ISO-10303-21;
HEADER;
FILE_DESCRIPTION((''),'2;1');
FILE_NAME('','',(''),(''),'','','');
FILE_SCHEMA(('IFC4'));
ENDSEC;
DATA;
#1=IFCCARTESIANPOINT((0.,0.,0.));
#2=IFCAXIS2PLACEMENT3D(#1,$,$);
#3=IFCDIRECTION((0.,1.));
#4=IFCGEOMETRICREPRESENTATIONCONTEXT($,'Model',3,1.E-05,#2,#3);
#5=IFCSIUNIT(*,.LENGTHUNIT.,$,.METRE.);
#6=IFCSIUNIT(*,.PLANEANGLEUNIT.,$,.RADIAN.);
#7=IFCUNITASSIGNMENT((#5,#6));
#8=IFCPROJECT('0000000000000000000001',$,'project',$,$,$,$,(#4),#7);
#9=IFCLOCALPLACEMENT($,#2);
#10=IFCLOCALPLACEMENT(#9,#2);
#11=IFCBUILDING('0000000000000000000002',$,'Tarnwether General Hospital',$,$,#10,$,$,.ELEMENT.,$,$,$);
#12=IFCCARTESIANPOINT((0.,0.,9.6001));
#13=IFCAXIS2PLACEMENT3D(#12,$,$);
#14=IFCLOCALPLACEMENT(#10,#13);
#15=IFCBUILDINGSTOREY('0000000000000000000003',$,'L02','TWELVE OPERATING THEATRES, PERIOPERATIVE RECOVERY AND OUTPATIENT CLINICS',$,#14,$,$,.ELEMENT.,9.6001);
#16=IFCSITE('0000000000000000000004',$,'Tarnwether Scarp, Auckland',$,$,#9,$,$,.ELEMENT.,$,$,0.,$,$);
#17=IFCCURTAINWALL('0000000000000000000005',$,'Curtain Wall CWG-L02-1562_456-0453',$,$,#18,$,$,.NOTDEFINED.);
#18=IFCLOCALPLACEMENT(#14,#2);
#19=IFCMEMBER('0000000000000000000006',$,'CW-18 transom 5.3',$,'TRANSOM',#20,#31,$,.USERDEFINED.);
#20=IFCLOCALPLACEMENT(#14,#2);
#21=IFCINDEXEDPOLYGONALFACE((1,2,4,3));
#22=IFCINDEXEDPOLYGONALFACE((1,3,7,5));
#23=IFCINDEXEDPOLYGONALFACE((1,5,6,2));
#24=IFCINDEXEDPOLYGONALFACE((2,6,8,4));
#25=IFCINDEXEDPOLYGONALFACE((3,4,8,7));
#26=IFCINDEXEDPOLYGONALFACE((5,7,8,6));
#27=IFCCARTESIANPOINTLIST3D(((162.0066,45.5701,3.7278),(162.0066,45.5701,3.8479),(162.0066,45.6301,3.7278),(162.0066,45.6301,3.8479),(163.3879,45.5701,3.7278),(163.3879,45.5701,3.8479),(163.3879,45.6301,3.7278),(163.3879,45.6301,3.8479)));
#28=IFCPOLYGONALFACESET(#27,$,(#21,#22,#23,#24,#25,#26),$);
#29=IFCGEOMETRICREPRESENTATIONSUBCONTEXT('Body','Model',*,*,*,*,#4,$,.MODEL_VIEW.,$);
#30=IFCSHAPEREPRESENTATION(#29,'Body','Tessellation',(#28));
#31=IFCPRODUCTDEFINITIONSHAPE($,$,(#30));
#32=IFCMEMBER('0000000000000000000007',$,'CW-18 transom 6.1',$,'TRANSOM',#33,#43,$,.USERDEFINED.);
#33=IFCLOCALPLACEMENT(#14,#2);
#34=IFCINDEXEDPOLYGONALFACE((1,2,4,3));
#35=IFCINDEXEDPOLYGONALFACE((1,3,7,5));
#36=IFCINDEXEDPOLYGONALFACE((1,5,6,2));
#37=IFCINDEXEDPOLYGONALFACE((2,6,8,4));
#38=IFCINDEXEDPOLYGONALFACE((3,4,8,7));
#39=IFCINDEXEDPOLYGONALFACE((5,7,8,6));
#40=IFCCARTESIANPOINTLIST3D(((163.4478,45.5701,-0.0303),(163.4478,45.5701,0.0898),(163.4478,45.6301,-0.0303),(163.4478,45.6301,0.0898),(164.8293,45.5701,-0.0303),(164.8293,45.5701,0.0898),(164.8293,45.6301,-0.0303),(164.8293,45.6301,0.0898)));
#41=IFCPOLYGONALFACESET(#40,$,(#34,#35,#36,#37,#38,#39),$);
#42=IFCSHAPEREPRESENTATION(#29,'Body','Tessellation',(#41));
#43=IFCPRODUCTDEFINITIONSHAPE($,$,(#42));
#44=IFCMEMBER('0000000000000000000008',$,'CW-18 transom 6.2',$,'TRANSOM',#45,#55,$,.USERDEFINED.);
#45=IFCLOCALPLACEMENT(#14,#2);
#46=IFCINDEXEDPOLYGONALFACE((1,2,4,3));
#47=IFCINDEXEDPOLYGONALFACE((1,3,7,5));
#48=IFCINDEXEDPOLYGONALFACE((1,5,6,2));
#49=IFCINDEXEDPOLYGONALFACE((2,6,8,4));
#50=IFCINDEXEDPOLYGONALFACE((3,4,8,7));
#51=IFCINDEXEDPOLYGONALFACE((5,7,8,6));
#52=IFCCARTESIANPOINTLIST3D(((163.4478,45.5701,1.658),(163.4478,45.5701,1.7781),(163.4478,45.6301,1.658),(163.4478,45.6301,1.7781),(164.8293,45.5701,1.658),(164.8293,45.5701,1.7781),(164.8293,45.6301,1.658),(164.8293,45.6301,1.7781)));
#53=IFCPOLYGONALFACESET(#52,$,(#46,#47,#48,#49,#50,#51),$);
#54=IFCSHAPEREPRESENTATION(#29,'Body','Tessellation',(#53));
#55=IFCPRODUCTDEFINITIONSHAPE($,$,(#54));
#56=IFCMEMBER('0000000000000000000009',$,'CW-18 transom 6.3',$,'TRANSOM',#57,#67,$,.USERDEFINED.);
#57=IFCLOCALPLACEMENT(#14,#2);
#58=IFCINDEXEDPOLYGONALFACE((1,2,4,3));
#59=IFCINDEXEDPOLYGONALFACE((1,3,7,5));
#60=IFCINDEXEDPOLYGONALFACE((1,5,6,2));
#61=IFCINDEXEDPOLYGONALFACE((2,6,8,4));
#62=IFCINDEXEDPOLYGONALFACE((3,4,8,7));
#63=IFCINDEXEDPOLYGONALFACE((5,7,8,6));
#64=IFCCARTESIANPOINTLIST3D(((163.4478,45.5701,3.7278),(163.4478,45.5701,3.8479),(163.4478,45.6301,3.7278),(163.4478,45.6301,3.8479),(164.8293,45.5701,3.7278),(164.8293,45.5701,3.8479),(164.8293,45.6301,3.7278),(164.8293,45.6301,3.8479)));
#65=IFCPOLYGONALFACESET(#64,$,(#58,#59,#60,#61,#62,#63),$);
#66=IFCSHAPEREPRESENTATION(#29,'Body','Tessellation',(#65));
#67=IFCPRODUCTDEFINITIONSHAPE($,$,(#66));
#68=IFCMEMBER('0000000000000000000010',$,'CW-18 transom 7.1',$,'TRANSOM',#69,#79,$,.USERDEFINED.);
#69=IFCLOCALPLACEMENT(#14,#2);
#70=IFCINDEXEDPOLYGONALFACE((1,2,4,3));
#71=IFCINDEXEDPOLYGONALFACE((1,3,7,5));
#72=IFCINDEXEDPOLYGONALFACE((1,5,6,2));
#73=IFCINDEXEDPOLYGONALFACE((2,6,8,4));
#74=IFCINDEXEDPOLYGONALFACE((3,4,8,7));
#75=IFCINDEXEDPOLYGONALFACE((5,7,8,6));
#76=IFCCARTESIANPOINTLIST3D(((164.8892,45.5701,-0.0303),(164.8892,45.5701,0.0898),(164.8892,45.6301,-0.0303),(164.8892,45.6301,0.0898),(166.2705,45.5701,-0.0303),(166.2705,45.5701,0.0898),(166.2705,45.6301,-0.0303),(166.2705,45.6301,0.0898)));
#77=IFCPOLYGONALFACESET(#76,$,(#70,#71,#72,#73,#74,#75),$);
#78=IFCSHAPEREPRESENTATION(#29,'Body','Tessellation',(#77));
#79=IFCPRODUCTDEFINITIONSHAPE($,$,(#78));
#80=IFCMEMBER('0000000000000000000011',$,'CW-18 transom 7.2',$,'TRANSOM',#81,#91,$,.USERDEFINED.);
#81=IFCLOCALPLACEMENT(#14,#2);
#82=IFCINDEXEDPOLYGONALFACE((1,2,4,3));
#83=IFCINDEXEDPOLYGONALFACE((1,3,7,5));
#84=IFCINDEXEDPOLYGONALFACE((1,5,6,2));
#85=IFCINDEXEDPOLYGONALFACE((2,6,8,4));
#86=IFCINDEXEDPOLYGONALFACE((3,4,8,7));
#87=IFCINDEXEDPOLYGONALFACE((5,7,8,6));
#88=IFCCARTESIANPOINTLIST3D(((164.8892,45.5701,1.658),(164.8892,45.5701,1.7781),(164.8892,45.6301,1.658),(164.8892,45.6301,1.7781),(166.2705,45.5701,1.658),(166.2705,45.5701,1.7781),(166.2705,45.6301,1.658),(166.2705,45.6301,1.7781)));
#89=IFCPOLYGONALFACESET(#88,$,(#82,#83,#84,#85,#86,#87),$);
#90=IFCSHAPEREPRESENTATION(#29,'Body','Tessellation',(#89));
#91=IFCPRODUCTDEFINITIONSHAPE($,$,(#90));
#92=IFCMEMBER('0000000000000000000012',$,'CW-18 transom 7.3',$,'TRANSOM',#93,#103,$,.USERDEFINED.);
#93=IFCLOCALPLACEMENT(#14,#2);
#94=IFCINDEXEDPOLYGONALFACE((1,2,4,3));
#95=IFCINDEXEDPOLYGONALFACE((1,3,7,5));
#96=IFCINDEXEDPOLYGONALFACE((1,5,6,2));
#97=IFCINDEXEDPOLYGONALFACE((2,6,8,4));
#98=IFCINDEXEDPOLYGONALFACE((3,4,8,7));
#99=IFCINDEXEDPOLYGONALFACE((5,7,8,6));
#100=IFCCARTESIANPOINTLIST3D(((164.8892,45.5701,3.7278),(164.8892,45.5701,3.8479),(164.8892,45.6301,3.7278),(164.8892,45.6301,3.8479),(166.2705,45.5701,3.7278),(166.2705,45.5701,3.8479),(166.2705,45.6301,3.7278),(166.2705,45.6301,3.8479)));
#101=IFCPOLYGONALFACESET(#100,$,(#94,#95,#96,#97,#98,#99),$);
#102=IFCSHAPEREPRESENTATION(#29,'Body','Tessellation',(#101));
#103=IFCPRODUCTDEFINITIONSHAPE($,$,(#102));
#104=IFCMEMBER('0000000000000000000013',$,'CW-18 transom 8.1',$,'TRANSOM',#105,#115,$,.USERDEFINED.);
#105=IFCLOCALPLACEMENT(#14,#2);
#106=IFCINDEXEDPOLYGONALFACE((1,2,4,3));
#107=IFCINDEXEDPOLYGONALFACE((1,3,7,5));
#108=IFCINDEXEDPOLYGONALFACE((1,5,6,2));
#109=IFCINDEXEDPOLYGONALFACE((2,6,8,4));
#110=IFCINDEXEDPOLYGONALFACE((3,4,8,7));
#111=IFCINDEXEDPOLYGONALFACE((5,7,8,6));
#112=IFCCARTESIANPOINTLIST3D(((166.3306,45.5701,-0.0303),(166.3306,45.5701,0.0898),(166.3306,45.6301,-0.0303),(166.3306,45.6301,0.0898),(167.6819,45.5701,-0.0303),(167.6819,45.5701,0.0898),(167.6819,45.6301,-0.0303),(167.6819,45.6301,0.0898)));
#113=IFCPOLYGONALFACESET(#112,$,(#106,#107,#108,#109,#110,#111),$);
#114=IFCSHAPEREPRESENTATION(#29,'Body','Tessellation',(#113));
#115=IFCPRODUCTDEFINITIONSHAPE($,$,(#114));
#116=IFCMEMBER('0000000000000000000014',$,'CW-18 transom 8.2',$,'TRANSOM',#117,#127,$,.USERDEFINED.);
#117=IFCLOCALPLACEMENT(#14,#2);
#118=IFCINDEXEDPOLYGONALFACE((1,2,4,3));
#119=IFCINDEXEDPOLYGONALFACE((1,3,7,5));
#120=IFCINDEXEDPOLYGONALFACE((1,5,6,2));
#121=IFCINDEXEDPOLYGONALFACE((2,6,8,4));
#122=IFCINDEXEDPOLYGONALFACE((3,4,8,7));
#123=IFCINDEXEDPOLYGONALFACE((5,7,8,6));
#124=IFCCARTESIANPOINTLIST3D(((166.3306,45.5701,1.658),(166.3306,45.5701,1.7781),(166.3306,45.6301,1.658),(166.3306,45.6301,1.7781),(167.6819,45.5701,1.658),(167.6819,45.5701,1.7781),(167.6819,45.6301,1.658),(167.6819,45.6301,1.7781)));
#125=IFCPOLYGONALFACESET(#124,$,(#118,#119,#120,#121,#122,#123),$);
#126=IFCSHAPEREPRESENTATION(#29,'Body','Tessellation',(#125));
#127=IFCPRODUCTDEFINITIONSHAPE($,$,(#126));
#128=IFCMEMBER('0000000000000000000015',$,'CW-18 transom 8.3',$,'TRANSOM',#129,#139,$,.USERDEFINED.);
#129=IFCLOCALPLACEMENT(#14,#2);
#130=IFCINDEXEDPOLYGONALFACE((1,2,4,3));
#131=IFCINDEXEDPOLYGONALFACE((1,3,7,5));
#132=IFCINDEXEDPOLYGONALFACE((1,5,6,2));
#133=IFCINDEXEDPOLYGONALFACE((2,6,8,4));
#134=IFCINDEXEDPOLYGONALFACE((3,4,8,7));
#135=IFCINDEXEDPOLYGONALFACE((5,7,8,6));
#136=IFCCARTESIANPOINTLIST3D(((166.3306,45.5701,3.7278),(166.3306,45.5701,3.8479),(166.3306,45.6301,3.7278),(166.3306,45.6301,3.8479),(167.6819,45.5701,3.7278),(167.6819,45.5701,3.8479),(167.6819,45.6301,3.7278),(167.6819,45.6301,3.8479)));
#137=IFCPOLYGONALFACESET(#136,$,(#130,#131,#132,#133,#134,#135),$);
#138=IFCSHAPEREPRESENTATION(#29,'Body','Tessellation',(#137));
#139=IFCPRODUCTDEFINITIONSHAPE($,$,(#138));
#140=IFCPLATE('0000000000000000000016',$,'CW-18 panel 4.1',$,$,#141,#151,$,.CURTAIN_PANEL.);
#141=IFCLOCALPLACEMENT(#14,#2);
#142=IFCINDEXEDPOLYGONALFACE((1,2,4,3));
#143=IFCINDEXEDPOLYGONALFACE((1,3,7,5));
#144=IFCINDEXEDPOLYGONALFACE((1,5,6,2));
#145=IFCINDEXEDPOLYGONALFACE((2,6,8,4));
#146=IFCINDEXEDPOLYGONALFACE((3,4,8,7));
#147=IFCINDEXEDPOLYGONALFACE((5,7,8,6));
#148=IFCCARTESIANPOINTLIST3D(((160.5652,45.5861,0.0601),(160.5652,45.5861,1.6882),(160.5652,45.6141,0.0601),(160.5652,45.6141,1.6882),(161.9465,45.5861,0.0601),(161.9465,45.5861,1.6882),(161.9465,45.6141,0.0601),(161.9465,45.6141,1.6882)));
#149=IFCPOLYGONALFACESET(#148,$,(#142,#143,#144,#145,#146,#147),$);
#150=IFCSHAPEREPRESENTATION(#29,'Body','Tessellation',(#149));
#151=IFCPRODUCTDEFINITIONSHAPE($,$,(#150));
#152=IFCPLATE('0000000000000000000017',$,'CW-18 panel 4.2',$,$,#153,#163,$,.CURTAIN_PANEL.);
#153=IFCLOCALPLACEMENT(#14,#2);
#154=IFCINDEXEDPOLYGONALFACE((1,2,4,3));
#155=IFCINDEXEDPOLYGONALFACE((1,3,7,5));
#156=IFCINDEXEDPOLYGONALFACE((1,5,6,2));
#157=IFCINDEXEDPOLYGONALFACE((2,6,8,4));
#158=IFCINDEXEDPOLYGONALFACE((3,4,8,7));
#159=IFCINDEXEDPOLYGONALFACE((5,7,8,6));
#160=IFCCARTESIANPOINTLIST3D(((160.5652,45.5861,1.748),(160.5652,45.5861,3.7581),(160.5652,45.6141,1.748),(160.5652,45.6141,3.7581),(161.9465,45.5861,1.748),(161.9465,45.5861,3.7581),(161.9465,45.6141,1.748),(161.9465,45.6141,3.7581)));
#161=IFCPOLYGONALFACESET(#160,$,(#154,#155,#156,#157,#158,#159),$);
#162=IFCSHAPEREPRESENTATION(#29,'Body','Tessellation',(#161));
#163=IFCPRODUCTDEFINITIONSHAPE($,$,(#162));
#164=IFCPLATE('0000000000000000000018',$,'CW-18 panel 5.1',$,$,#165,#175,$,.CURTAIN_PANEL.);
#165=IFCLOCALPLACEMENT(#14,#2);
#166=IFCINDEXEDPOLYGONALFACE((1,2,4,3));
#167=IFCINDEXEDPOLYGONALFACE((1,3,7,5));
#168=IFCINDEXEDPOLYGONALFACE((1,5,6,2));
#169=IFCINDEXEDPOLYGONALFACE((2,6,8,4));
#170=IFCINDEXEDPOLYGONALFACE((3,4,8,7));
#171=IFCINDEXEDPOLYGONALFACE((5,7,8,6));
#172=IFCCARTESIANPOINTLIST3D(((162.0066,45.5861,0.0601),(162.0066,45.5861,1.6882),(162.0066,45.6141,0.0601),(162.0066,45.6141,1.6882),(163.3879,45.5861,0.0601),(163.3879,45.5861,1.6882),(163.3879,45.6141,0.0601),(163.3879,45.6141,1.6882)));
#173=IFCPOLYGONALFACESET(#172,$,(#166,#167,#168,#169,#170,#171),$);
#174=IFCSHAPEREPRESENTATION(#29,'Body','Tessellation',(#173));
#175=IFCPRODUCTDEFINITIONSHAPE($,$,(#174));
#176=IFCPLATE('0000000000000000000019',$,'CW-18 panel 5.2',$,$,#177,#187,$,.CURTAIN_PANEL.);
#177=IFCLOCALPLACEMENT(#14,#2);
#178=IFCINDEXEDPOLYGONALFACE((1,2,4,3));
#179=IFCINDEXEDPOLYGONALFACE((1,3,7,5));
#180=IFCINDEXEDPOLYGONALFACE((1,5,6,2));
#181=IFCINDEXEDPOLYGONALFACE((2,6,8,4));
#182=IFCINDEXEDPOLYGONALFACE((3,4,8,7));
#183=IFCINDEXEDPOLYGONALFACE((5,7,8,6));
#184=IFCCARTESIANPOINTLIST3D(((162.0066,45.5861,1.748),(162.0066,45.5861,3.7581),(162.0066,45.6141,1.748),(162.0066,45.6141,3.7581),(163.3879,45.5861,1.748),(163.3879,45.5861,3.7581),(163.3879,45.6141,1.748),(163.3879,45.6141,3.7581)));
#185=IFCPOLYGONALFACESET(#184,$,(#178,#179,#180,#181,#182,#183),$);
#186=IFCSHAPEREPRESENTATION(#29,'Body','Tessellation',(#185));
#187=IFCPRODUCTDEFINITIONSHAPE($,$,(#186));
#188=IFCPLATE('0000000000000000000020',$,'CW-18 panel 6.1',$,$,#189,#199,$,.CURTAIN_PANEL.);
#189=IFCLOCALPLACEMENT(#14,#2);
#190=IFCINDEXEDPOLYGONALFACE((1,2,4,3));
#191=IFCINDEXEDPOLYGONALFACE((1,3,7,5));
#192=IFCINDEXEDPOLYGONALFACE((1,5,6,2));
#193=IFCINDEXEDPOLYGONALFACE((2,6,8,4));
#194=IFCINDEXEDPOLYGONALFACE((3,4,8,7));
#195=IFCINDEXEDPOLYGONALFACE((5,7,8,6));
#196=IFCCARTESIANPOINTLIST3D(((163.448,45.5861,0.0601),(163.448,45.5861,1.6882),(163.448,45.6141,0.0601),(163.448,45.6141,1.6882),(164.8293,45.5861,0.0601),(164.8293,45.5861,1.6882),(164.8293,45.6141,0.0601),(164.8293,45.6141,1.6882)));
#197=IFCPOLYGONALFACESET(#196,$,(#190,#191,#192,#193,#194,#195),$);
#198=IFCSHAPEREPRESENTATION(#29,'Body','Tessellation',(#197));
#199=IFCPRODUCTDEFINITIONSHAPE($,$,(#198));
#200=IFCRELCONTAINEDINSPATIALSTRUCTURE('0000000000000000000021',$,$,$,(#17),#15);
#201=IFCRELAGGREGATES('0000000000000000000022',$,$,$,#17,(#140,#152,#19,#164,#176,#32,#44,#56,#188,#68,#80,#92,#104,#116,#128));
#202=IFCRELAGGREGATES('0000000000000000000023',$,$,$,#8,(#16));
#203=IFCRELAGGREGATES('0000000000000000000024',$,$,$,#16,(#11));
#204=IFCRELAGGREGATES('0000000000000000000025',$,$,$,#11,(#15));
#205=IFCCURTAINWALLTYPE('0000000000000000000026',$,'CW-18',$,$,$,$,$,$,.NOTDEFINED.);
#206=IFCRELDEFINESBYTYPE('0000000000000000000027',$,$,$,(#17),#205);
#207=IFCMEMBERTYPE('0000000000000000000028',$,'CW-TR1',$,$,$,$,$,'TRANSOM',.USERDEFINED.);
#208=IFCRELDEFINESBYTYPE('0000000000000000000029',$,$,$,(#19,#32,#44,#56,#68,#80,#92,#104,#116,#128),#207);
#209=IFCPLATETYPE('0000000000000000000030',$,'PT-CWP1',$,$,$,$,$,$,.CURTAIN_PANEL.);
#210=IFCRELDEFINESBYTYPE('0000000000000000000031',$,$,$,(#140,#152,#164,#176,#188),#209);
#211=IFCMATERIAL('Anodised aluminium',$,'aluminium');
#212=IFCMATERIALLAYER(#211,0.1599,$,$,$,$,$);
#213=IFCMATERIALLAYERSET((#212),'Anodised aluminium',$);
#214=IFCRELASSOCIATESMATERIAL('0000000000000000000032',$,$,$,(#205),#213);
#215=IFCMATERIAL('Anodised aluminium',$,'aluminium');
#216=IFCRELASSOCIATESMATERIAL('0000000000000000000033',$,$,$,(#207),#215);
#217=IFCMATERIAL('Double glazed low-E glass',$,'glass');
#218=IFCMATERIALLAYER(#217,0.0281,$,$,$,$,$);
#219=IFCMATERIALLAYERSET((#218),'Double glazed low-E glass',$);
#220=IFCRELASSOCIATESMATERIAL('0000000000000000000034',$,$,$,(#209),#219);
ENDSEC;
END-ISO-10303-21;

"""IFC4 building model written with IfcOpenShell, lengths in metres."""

from ifc_helpers import new_model, si_unit, direction, frame, origin, origin_2d, place, context, subcontext, project, spatial, rectangle, extrude, material, layer, layer_set, material_profile, profile_set, type_object, element, aggregate, save


model = new_model("IFC4")

# Units and contexts
model_context = context("Model", 3, precision=1e-05, world=origin(), true_north=direction((0.0, 1.0)))
body_context = subcontext(model_context, "Body", "Model", "MODEL_VIEW")
ifc_project = project(units=[si_unit("LENGTHUNIT", "METRE"), si_unit("PLANEANGLEUNIT", "RADIAN")], contexts=[model_context])

# Site, building, storey
site_placement = place(None, origin())
site = spatial("IfcSite", under=ifc_project, at=site_placement, Name="Tarnwether Scarp, Auckland", CompositionType="ELEMENT", RefElevation=0.0)
building_placement = place(site_placement, origin())
building = spatial("IfcBuilding", under=site, at=building_placement, Name="Tarnwether General Hospital", CompositionType="ELEMENT")
storey_placement = place(building_placement, frame((0.0, 0.0, 9.6001)))
storey = spatial("IfcBuildingStorey", under=building, at=storey_placement, Name="L02", Description="TWELVE OPERATING THEATRES, PERIOPERATIVE RECOVERY AND OUTPATIENT CLINICS", CompositionType="ELEMENT", Elevation=9.6001)

# Curtain wall, members, plates
ifc_material_1 = material(Name="Anodised aluminium", Category="aluminium")
ifc_layer_1 = layer(ifc_material_1, 0.1599)
ifc_layer_set_1 = layer_set([ifc_layer_1], Name="Anodised aluminium")
curtain_wall_type = type_object("IfcCurtainWallType", Name="CW-18", PredefinedType="NOTDEFINED", material=ifc_layer_set_1)
curtain_wall_placement = place(storey_placement, origin())
curtain_wall = element("IfcCurtainWall", 1, at=curtain_wall_placement, inside=storey, type_object=curtain_wall_type, Name="Curtain Wall CWG-L02-1562_456-0453", PredefinedType="NOTDEFINED")
ifc_material_2 = material(Name="Anodised aluminium", Category="aluminium")
ifc_material_profile_1 = material_profile(ifc_material_2, rectangle(XDim=0.0601, YDim=0.1201, at=origin_2d()), Name="ALU-TRN-60x120")
ifc_profile_set_1 = profile_set([ifc_material_profile_1], Name="Anodised aluminium")
member_type_1 = type_object("IfcMemberType", Name="CW-TR1", ElementType="TRANSOM", PredefinedType="USERDEFINED", material=ifc_profile_set_1)
member_1_placement = place(storey_placement, frame((162.0066, 45.6001, 3.7878), z_axis=(1.0, 0.0, 0.0), x_axis=(0.0, 1.0, 0.0)))
member_1 = element("IfcMember", 2, at=member_1_placement, type_object=member_type_1, Name="CW-18 transom 5.3", ObjectType="TRANSOM", PredefinedType="USERDEFINED", context=body_context, shape_type="SweptSolid", body=[
    extrude(rectangle(XDim=0.0601, YDim=0.1201, at=origin_2d()), origin(), (0.0, 0.0, 1.0), 1.3813),
])
member_2_placement = place(storey_placement, frame((163.4478, 45.6001, 0.0298), z_axis=(1.0, 0.0, 0.0), x_axis=(0.0, 1.0, 0.0)))
member_2 = element("IfcMember", 3, at=member_2_placement, type_object=member_type_1, Name="CW-18 transom 6.1", ObjectType="TRANSOM", PredefinedType="USERDEFINED", context=body_context, shape_type="SweptSolid", body=[
    extrude(rectangle(XDim=0.0601, YDim=0.1201, at=origin_2d()), origin(), (0.0, 0.0, 1.0), 1.3816),
])
member_3_placement = place(storey_placement, frame((163.4478, 45.6001, 1.718), z_axis=(1.0, 0.0, 0.0), x_axis=(0.0, 1.0, 0.0)))
member_3 = element("IfcMember", 4, at=member_3_placement, type_object=member_type_1, Name="CW-18 transom 6.2", ObjectType="TRANSOM", PredefinedType="USERDEFINED", context=body_context, shape_type="SweptSolid", body=[
    extrude(rectangle(XDim=0.0601, YDim=0.1201, at=origin_2d()), origin(), (0.0, 0.0, 1.0), 1.3816),
])
member_4_placement = place(storey_placement, frame((163.4478, 45.6001, 3.7878), z_axis=(1.0, 0.0, 0.0), x_axis=(0.0, 1.0, 0.0)))
member_4 = element("IfcMember", 5, at=member_4_placement, type_object=member_type_1, Name="CW-18 transom 6.3", ObjectType="TRANSOM", PredefinedType="USERDEFINED", context=body_context, shape_type="SweptSolid", body=[
    extrude(rectangle(XDim=0.0601, YDim=0.1201, at=origin_2d()), origin(), (0.0, 0.0, 1.0), 1.3816),
])
member_5_placement = place(storey_placement, frame((164.8892, 45.6001, 0.0298), z_axis=(1.0, 0.0, 0.0), x_axis=(0.0, 1.0, 0.0)))
member_5 = element("IfcMember", 6, at=member_5_placement, type_object=member_type_1, Name="CW-18 transom 7.1", ObjectType="TRANSOM", PredefinedType="USERDEFINED", context=body_context, shape_type="SweptSolid", body=[
    extrude(rectangle(XDim=0.0601, YDim=0.1201, at=origin_2d()), origin(), (0.0, 0.0, 1.0), 1.3813),
])
member_6_placement = place(storey_placement, frame((164.8892, 45.6001, 1.718), z_axis=(1.0, 0.0, 0.0), x_axis=(0.0, 1.0, 0.0)))
member_6 = element("IfcMember", 7, at=member_6_placement, type_object=member_type_1, Name="CW-18 transom 7.2", ObjectType="TRANSOM", PredefinedType="USERDEFINED", context=body_context, shape_type="SweptSolid", body=[
    extrude(rectangle(XDim=0.0601, YDim=0.1201, at=origin_2d()), origin(), (0.0, 0.0, 1.0), 1.3813),
])
member_7_placement = place(storey_placement, frame((164.8892, 45.6001, 3.7878), z_axis=(1.0, 0.0, 0.0), x_axis=(0.0, 1.0, 0.0)))
member_7 = element("IfcMember", 8, at=member_7_placement, type_object=member_type_1, Name="CW-18 transom 7.3", ObjectType="TRANSOM", PredefinedType="USERDEFINED", context=body_context, shape_type="SweptSolid", body=[
    extrude(rectangle(XDim=0.0601, YDim=0.1201, at=origin_2d()), origin(), (0.0, 0.0, 1.0), 1.3813),
])
member_8_placement = place(storey_placement, frame((166.3306, 45.6001, 0.0298), z_axis=(1.0, 0.0, 0.0), x_axis=(0.0, 1.0, 0.0)))
member_8 = element("IfcMember", 9, at=member_8_placement, type_object=member_type_1, Name="CW-18 transom 8.1", ObjectType="TRANSOM", PredefinedType="USERDEFINED", context=body_context, shape_type="SweptSolid", body=[
    extrude(rectangle(XDim=0.0601, YDim=0.1201, at=origin_2d()), origin(), (0.0, 0.0, 1.0), 1.3513),
])
member_9_placement = place(storey_placement, frame((166.3306, 45.6001, 1.718), z_axis=(1.0, 0.0, 0.0), x_axis=(0.0, 1.0, 0.0)))
member_9 = element("IfcMember", 10, at=member_9_placement, type_object=member_type_1, Name="CW-18 transom 8.2", ObjectType="TRANSOM", PredefinedType="USERDEFINED", context=body_context, shape_type="SweptSolid", body=[
    extrude(rectangle(XDim=0.0601, YDim=0.1201, at=origin_2d()), origin(), (0.0, 0.0, 1.0), 1.3513),
])
member_10_placement = place(storey_placement, frame((166.3306, 45.6001, 3.7878), z_axis=(1.0, 0.0, 0.0), x_axis=(0.0, 1.0, 0.0)))
member_10 = element("IfcMember", 11, at=member_10_placement, type_object=member_type_1, Name="CW-18 transom 8.3", ObjectType="TRANSOM", PredefinedType="USERDEFINED", context=body_context, shape_type="SweptSolid", body=[
    extrude(rectangle(XDim=0.0601, YDim=0.1201, at=origin_2d()), origin(), (0.0, 0.0, 1.0), 1.3513),
])
ifc_material_3 = material(Name="Double glazed low-E glass", Category="glass")
ifc_layer_2 = layer(ifc_material_3, 0.0281)
ifc_layer_set_2 = layer_set([ifc_layer_2], Name="Double glazed low-E glass")
plate_type = type_object("IfcPlateType", Name="PT-CWP1", PredefinedType="CURTAIN_PANEL", material=ifc_layer_set_2)
plate_1_placement = place(storey_placement, frame((161.2559, 45.6001, 0.0601), z_axis=(0.0, 0.0, 1.0), x_axis=(1.0, 0.0, 0.0)))
plate_1 = element("IfcPlate", 12, at=plate_1_placement, type_object=plate_type, Name="CW-18 panel 4.1", PredefinedType="CURTAIN_PANEL", context=body_context, shape_type="SweptSolid", body=[
    extrude(rectangle(XDim=1.3813, YDim=0.0281, at=origin_2d()), origin(), (0.0, 0.0, 1.0), 1.6282),
])
plate_2_placement = place(storey_placement, frame((161.2559, 45.6001, 1.748), z_axis=(0.0, 0.0, 1.0), x_axis=(1.0, 0.0, 0.0)))
plate_2 = element("IfcPlate", 13, at=plate_2_placement, type_object=plate_type, Name="CW-18 panel 4.2", PredefinedType="CURTAIN_PANEL", context=body_context, shape_type="SweptSolid", body=[
    extrude(rectangle(XDim=1.3813, YDim=0.0281, at=origin_2d()), origin(), (0.0, 0.0, 1.0), 2.01),
])
plate_3_placement = place(storey_placement, frame((162.6973, 45.6001, 0.0601), z_axis=(0.0, 0.0, 1.0), x_axis=(1.0, 0.0, 0.0)))
plate_3 = element("IfcPlate", 14, at=plate_3_placement, type_object=plate_type, Name="CW-18 panel 5.1", PredefinedType="CURTAIN_PANEL", context=body_context, shape_type="SweptSolid", body=[
    extrude(rectangle(XDim=1.3813, YDim=0.0281, at=origin_2d()), origin(), (0.0, 0.0, 1.0), 1.6282),
])
plate_4_placement = place(storey_placement, frame((162.6973, 45.6001, 1.748), z_axis=(0.0, 0.0, 1.0), x_axis=(1.0, 0.0, 0.0)))
plate_4 = element("IfcPlate", 15, at=plate_4_placement, type_object=plate_type, Name="CW-18 panel 5.2", PredefinedType="CURTAIN_PANEL", context=body_context, shape_type="SweptSolid", body=[
    extrude(rectangle(XDim=1.3813, YDim=0.0281, at=origin_2d()), origin(), (0.0, 0.0, 1.0), 2.01),
])
plate_5_placement = place(storey_placement, frame((164.1387, 45.6001, 0.0601), z_axis=(0.0, 0.0, 1.0), x_axis=(1.0, 0.0, 0.0)))
plate_5 = element("IfcPlate", 16, at=plate_5_placement, type_object=plate_type, Name="CW-18 panel 6.1", PredefinedType="CURTAIN_PANEL", context=body_context, shape_type="SweptSolid", body=[
    extrude(rectangle(XDim=1.3813, YDim=0.0281, at=origin_2d()), origin(), (0.0, 0.0, 1.0), 1.6282),
])
aggregate(curtain_wall, [plate_1, plate_2, member_1, plate_3, plate_4, member_2, member_3, member_4, plate_5, member_5, member_6, member_7, member_8, member_9, member_10])

save(model, "model.ifc")
